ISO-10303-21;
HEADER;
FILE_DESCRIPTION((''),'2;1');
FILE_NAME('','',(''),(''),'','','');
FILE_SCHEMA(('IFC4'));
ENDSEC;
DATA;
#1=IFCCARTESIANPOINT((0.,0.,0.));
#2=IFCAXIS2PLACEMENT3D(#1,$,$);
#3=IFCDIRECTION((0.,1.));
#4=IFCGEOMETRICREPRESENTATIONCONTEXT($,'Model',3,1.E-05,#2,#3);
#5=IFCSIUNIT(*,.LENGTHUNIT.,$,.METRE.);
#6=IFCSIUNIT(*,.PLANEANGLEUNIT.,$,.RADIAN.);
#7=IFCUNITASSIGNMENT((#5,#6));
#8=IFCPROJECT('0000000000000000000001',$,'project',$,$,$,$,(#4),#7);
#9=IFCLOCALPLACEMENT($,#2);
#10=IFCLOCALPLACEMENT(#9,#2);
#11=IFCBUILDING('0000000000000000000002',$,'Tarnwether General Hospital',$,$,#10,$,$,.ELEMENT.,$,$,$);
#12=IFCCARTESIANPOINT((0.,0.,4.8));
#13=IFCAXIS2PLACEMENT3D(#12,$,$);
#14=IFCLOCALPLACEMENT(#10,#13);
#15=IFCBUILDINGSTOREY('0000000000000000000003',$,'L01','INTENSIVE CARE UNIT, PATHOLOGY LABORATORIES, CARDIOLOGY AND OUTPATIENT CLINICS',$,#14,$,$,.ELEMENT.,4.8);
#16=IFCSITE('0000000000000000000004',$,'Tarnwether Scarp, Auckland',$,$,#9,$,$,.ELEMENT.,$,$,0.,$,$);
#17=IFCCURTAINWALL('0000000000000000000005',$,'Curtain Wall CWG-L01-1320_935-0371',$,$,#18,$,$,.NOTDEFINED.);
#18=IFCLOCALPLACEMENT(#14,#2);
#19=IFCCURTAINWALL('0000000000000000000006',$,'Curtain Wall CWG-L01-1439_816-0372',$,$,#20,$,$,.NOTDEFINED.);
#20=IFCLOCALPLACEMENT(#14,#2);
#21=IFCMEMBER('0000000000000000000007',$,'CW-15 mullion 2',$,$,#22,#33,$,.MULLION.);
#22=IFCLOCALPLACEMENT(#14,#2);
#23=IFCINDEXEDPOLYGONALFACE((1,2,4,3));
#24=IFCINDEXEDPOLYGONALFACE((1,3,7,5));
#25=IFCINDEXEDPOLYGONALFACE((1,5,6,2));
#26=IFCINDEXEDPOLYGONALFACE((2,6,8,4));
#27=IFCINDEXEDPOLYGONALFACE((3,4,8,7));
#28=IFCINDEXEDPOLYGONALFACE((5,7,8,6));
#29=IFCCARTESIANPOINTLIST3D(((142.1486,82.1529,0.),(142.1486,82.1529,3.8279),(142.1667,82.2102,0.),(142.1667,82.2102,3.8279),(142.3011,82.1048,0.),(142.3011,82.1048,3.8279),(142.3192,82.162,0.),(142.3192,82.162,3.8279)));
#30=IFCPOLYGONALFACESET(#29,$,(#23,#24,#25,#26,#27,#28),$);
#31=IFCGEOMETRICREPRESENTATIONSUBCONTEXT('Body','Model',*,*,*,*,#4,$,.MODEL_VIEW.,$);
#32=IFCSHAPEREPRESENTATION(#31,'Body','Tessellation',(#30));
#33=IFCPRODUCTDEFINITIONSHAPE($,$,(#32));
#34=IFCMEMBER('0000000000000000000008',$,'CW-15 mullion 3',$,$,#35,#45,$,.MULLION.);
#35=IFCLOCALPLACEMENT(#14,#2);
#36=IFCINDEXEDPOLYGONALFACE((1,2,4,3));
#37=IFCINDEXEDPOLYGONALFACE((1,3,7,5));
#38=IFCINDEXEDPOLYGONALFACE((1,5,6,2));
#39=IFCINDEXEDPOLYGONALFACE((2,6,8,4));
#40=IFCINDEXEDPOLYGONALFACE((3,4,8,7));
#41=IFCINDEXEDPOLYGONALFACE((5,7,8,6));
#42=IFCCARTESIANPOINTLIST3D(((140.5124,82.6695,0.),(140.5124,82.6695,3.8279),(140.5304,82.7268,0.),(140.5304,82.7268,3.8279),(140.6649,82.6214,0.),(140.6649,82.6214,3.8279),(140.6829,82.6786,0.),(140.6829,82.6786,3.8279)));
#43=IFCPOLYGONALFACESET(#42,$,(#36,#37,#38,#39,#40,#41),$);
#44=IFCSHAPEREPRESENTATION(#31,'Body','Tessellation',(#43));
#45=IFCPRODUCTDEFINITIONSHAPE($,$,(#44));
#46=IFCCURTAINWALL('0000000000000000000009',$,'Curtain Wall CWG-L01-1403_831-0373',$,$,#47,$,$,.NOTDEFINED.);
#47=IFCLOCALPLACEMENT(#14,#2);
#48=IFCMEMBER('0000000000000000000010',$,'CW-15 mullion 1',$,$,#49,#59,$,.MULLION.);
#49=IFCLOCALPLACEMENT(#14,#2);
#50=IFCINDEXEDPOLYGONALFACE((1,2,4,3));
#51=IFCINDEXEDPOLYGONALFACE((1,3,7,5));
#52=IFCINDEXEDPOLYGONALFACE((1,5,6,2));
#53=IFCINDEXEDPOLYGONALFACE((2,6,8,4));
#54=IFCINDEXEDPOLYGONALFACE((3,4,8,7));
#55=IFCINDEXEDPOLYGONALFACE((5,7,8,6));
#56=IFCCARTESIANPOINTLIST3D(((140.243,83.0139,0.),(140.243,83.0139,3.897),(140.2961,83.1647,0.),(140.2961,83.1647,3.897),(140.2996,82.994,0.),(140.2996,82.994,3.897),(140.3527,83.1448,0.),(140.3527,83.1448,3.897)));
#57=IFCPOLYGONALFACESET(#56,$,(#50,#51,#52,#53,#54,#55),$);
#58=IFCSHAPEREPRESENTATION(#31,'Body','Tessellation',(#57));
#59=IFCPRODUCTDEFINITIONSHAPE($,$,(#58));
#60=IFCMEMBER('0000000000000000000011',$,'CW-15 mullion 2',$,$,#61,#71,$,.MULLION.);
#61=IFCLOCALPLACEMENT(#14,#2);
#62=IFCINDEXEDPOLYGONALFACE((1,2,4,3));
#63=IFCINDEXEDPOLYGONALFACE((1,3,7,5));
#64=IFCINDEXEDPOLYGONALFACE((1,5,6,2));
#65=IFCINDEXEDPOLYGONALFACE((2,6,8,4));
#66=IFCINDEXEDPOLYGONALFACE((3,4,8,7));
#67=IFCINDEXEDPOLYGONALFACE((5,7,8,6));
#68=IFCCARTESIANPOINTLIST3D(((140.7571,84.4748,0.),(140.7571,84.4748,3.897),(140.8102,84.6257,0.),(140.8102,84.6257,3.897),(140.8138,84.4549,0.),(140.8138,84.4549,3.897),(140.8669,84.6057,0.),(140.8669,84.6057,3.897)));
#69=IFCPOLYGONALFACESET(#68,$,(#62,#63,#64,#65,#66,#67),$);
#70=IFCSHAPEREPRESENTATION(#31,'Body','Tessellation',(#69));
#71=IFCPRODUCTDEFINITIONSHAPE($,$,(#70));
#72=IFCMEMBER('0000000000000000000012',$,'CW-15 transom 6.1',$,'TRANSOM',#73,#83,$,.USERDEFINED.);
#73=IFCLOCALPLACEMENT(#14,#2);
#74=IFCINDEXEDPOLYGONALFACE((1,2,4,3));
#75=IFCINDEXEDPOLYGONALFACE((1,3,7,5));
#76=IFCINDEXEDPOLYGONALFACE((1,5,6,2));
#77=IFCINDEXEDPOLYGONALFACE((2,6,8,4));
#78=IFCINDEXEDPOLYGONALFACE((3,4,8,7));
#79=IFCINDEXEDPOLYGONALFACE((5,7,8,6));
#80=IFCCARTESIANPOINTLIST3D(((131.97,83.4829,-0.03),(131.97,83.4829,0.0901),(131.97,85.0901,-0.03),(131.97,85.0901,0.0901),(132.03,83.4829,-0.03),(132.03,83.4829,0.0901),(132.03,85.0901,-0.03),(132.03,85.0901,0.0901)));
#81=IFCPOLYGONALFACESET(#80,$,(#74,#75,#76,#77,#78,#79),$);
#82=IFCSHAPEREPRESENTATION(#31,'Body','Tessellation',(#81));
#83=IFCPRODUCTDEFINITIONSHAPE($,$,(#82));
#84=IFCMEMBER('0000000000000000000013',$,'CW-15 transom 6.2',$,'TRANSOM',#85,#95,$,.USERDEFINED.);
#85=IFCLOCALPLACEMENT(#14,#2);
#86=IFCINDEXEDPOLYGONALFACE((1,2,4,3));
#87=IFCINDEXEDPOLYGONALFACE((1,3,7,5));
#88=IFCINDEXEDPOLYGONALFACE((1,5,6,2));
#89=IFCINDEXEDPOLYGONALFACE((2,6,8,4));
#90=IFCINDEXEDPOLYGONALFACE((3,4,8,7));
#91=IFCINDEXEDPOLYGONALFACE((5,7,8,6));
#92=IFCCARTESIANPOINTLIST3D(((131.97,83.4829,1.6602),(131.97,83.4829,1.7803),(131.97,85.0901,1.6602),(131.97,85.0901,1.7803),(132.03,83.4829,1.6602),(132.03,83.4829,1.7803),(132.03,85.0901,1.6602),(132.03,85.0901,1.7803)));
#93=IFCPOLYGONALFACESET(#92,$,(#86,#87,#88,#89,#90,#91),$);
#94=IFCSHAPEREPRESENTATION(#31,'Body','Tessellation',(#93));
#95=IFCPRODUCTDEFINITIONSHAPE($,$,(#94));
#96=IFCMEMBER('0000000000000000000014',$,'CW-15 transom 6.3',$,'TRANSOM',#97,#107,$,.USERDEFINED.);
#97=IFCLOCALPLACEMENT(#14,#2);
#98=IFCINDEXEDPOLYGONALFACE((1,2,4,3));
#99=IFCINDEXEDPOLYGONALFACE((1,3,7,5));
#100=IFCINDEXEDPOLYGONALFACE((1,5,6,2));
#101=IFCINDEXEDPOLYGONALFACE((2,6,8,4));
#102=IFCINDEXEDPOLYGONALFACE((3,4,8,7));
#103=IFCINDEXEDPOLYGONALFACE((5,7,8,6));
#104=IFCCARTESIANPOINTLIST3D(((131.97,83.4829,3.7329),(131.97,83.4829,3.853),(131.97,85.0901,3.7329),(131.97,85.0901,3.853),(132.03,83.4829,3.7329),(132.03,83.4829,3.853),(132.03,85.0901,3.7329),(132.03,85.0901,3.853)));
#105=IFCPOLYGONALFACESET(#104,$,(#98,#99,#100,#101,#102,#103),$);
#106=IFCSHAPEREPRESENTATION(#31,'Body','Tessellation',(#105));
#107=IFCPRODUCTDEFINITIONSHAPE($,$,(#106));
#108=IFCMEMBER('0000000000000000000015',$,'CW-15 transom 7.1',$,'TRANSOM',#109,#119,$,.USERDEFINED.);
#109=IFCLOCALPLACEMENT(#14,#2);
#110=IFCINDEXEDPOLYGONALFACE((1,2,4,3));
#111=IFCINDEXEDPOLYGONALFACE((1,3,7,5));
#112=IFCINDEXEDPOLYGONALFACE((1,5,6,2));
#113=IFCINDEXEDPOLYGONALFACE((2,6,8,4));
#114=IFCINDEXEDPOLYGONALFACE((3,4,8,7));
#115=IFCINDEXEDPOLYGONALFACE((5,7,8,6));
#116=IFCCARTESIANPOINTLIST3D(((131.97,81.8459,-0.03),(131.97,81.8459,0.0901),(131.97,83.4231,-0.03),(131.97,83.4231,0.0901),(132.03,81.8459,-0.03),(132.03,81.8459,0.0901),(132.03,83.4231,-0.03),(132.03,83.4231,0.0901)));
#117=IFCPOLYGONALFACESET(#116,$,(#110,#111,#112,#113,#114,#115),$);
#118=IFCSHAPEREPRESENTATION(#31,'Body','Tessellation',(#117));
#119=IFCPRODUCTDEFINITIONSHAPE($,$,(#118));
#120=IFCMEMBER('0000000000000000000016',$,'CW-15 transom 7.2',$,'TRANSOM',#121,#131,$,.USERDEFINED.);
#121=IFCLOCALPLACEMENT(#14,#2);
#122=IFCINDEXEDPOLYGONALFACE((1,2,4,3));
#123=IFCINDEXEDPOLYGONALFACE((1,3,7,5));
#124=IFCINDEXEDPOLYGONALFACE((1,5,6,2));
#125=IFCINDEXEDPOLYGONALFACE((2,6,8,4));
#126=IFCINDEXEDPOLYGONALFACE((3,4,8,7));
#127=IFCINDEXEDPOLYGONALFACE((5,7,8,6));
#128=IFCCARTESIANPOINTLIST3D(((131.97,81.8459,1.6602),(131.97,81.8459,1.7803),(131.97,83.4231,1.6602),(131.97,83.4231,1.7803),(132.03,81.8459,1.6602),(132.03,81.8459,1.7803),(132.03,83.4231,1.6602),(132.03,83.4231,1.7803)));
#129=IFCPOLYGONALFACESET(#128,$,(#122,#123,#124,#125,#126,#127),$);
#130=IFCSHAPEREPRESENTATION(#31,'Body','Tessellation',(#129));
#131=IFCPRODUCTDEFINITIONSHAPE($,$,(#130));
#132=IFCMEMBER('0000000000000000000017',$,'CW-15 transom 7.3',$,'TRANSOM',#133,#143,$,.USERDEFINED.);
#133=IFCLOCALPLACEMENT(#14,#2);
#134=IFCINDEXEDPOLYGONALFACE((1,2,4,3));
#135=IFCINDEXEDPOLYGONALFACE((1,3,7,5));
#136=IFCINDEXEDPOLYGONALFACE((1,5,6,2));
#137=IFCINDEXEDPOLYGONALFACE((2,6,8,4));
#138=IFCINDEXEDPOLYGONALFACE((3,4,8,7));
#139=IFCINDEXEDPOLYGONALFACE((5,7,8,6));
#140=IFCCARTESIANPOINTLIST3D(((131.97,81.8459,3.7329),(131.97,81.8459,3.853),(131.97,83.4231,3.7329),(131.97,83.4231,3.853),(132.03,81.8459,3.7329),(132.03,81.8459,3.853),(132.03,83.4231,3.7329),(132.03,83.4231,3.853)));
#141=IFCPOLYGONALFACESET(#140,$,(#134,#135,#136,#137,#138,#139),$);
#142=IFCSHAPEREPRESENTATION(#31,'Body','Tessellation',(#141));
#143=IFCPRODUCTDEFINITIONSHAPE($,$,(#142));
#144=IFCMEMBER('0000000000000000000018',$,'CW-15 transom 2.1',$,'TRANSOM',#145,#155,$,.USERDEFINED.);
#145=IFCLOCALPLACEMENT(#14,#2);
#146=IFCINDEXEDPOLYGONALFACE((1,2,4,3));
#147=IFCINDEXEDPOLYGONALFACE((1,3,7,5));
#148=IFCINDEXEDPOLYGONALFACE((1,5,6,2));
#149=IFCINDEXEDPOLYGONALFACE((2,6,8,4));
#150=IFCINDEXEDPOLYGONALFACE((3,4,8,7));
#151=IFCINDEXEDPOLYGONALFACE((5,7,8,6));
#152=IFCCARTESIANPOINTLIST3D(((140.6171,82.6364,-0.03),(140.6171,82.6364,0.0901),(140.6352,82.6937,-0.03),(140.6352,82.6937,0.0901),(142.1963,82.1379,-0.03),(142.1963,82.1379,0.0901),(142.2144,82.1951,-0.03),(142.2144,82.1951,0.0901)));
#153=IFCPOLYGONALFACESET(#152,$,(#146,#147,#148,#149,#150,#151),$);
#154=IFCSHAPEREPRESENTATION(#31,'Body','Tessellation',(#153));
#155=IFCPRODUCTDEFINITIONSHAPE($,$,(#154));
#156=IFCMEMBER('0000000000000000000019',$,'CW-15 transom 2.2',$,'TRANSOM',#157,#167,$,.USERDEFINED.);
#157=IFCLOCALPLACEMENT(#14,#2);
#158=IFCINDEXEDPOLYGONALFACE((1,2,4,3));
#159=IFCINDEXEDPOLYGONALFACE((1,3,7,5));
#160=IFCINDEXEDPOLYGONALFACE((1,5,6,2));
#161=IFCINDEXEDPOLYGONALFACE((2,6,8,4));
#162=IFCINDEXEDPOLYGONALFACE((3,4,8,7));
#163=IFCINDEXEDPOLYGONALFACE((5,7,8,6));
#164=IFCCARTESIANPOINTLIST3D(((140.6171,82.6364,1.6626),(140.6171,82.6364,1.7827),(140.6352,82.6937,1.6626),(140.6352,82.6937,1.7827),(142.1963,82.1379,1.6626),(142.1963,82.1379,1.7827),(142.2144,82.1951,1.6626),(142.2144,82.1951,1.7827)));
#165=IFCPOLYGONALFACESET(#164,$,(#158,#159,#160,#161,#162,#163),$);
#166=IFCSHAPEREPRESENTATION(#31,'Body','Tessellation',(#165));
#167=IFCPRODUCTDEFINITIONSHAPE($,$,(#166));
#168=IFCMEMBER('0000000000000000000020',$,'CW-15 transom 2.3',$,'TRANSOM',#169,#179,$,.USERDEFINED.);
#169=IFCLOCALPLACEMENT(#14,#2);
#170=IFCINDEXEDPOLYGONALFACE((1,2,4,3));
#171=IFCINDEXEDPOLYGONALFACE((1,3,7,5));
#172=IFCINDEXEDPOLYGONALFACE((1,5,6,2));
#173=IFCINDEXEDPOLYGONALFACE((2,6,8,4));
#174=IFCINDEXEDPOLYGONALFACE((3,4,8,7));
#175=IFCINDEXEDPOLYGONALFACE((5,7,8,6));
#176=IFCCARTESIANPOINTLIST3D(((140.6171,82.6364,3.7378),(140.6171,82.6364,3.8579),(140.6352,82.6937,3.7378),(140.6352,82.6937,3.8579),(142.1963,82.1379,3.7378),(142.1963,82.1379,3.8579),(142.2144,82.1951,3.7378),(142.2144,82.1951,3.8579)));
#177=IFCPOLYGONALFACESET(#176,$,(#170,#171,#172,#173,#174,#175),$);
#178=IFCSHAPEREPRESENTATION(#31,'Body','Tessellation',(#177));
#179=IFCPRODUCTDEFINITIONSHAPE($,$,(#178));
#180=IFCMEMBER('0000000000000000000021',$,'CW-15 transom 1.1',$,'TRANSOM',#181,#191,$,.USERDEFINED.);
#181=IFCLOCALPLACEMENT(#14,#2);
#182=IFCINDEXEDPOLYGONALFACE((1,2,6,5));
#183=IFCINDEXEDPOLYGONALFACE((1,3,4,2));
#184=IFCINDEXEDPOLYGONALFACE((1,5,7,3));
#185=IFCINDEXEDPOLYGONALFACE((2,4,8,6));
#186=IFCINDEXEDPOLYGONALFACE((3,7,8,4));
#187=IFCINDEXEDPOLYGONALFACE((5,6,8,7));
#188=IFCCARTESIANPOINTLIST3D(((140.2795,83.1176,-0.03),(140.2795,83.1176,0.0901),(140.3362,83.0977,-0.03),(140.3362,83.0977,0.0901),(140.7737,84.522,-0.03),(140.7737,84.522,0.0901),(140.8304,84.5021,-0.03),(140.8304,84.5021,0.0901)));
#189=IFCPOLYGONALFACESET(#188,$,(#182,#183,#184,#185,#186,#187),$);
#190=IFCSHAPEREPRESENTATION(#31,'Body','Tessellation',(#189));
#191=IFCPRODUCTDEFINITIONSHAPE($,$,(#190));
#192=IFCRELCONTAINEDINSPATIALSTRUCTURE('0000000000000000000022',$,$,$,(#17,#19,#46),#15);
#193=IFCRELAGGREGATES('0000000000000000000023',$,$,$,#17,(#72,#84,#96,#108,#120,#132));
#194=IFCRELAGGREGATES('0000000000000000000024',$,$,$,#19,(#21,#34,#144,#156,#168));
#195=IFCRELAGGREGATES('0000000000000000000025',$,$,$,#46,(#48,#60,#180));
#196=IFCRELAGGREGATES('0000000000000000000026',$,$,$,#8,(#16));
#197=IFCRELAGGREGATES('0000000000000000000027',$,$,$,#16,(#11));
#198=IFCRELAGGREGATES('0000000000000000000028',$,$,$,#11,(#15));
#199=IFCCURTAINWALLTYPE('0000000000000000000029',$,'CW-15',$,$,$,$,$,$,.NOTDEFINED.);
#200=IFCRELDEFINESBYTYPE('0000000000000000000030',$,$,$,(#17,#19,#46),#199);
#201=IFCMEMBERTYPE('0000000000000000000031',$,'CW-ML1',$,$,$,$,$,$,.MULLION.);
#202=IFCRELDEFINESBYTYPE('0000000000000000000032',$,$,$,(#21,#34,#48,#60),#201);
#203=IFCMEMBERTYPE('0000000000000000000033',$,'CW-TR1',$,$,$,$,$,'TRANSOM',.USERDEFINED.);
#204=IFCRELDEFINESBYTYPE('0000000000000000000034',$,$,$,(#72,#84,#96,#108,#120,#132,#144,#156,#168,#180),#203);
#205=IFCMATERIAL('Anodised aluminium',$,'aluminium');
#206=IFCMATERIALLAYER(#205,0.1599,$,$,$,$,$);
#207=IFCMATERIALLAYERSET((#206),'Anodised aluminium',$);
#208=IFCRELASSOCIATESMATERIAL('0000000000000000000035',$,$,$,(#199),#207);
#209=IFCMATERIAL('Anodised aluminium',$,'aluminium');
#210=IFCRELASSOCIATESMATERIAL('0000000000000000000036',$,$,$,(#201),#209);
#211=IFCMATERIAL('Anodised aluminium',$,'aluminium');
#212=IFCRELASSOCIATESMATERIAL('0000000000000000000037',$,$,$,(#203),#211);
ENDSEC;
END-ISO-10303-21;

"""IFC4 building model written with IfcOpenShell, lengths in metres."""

from ifc_helpers import new_model, si_unit, direction, frame, origin, origin_2d, place, context, subcontext, project, spatial, rectangle, extrude, material, layer, layer_set, material_profile, profile_set, type_object, element, aggregate, save


model = new_model("IFC4")

# Units and contexts
model_context = context("Model", 3, precision=1e-05, world=origin(), true_north=direction((0.0, 1.0)))
body_context = subcontext(model_context, "Body", "Model", "MODEL_VIEW")
ifc_project = project(units=[si_unit("LENGTHUNIT", "METRE"), si_unit("PLANEANGLEUNIT", "RADIAN")], contexts=[model_context])

# Site, building, storey
site_placement = place(None, origin())
site = spatial("IfcSite", under=ifc_project, at=site_placement, Name="Tarnwether Scarp, Auckland", CompositionType="ELEMENT", RefElevation=0.0)
building_placement = place(site_placement, origin())
building = spatial("IfcBuilding", under=site, at=building_placement, Name="Tarnwether General Hospital", CompositionType="ELEMENT")
storey_placement = place(building_placement, frame((0.0, 0.0, 4.8)))
storey = spatial("IfcBuildingStorey", under=building, at=storey_placement, Name="L01", Description="INTENSIVE CARE UNIT, PATHOLOGY LABORATORIES, CARDIOLOGY AND OUTPATIENT CLINICS", CompositionType="ELEMENT", Elevation=4.8)

# Curtain walls, members
ifc_material_1 = material(Name="Anodised aluminium", Category="aluminium")
ifc_layer_1 = layer(ifc_material_1, 0.1599)
ifc_layer_set_1 = layer_set([ifc_layer_1], Name="Anodised aluminium")
curtain_wall_type = type_object("IfcCurtainWallType", Name="CW-15", PredefinedType="NOTDEFINED", material=ifc_layer_set_1)
curtain_wall_1_placement = place(storey_placement, origin())
curtain_wall_1 = element("IfcCurtainWall", 1, at=curtain_wall_1_placement, inside=storey, type_object=curtain_wall_type, Name="Curtain Wall CWG-L01-1320_935-0371", PredefinedType="NOTDEFINED")
ifc_material_2 = material(Name="Anodised aluminium", Category="aluminium")
ifc_material_profile_1 = material_profile(ifc_material_2, rectangle(XDim=0.0601, YDim=0.1599, at=origin_2d()), Name="ALU-MUL-60x160")
ifc_profile_set_1 = profile_set([ifc_material_profile_1], Name="Anodised aluminium")
member_type_1 = type_object("IfcMemberType", Name="CW-ML1", PredefinedType="MULLION", material=ifc_profile_set_1)
curtain_wall_2_placement = place(storey_placement, origin())
curtain_wall_2 = element("IfcCurtainWall", 2, at=curtain_wall_2_placement, inside=storey, type_object=curtain_wall_type, Name="Curtain Wall CWG-L01-1439_816-0372", PredefinedType="NOTDEFINED")
member_1_placement = place(storey_placement, frame((142.2339, 82.1575, 0.0), z_axis=(0.0, 0.0, 1.0), x_axis=(-0.300981, -0.95363, 0.0)))
member_1 = element("IfcMember", 3, at=member_1_placement, type_object=member_type_1, Name="CW-15 mullion 2", PredefinedType="MULLION", context=body_context, shape_type="SweptSolid", body=[
    extrude(rectangle(XDim=0.0601, YDim=0.1599, at=origin_2d()), origin(), (0.0, 0.0, 1.0), 3.8279),
])
member_2_placement = place(storey_placement, frame((140.5977, 82.6741, 0.0), z_axis=(0.0, 0.0, 1.0), x_axis=(-0.300981, -0.95363, 0.0)))
member_2 = element("IfcMember", 4, at=member_2_placement, type_object=member_type_1, Name="CW-15 mullion 3", PredefinedType="MULLION", context=body_context, shape_type="SweptSolid", body=[
    extrude(rectangle(XDim=0.0601, YDim=0.1599, at=origin_2d()), origin(), (0.0, 0.0, 1.0), 3.8279),
])
curtain_wall_3_placement = place(storey_placement, origin())
curtain_wall_3 = element("IfcCurtainWall", 5, at=curtain_wall_3_placement, inside=storey, type_object=curtain_wall_type, Name="Curtain Wall CWG-L01-1403_831-0373", PredefinedType="NOTDEFINED")
member_3_placement = place(storey_placement, frame((140.2979, 83.0793, 0.0), z_axis=(0.0, 0.0, 1.0), x_axis=(-0.943314, 0.331902, 0.0)))
member_3 = element("IfcMember", 6, at=member_3_placement, type_object=member_type_1, Name="CW-15 mullion 1", PredefinedType="MULLION", context=body_context, shape_type="SweptSolid", body=[
    extrude(rectangle(XDim=0.0601, YDim=0.1599, at=origin_2d()), origin(), (0.0, 0.0, 1.0), 3.897),
])
member_4_placement = place(storey_placement, frame((140.812, 84.5403, 0.0), z_axis=(0.0, 0.0, 1.0), x_axis=(-0.943314, 0.331902, 0.0)))
member_4 = element("IfcMember", 7, at=member_4_placement, type_object=member_type_1, Name="CW-15 mullion 2", PredefinedType="MULLION", context=body_context, shape_type="SweptSolid", body=[
    extrude(rectangle(XDim=0.0601, YDim=0.1599, at=origin_2d()), origin(), (0.0, 0.0, 1.0), 3.897),
])

# Members
ifc_material_3 = material(Name="Anodised aluminium", Category="aluminium")
ifc_material_profile_2 = material_profile(ifc_material_3, rectangle(XDim=0.0601, YDim=0.1201, at=origin_2d()), Name="ALU-TRN-60x120")
ifc_profile_set_2 = profile_set([ifc_material_profile_2], Name="Anodised aluminium")
member_type_2 = type_object("IfcMemberType", Name="CW-TR1", ElementType="TRANSOM", PredefinedType="USERDEFINED", material=ifc_profile_set_2)
member_5_placement = place(storey_placement, frame((132.0, 85.0901, 0.03), z_axis=(0.0, -1.0, 0.0), x_axis=(1.0, 0.0, 0.0)))
member_5 = element("IfcMember", 8, at=member_5_placement, type_object=member_type_2, Name="CW-15 transom 6.1", ObjectType="TRANSOM", PredefinedType="USERDEFINED", context=body_context, shape_type="SweptSolid", body=[
    extrude(rectangle(XDim=0.0601, YDim=0.1201, at=origin_2d()), origin(), (0.0, 0.0, 1.0), 1.6072),
])
member_6_placement = place(storey_placement, frame((132.0, 85.0901, 1.7202), z_axis=(0.0, -1.0, 0.0), x_axis=(1.0, 0.0, 0.0)))
member_6 = element("IfcMember", 9, at=member_6_placement, type_object=member_type_2, Name="CW-15 transom 6.2", ObjectType="TRANSOM", PredefinedType="USERDEFINED", context=body_context, shape_type="SweptSolid", body=[
    extrude(rectangle(XDim=0.0601, YDim=0.1201, at=origin_2d()), origin(), (0.0, 0.0, 1.0), 1.6072),
])
member_7_placement = place(storey_placement, frame((132.0, 85.0901, 3.793), z_axis=(0.0, -1.0, 0.0), x_axis=(1.0, 0.0, 0.0)))
member_7 = element("IfcMember", 10, at=member_7_placement, type_object=member_type_2, Name="CW-15 transom 6.3", ObjectType="TRANSOM", PredefinedType="USERDEFINED", context=body_context, shape_type="SweptSolid", body=[
    extrude(rectangle(XDim=0.0601, YDim=0.1201, at=origin_2d()), origin(), (0.0, 0.0, 1.0), 1.6072),
])
member_8_placement = place(storey_placement, frame((132.0, 83.4231, 0.03), z_axis=(0.0, -1.0, 0.0), x_axis=(1.0, 0.0, 0.0)))
member_8 = element("IfcMember", 11, at=member_8_placement, type_object=member_type_2, Name="CW-15 transom 7.1", ObjectType="TRANSOM", PredefinedType="USERDEFINED", context=body_context, shape_type="SweptSolid", body=[
    extrude(rectangle(XDim=0.0601, YDim=0.1201, at=origin_2d()), origin(), (0.0, 0.0, 1.0), 1.5771),
])
member_9_placement = place(storey_placement, frame((132.0, 83.4231, 1.7202), z_axis=(0.0, -1.0, 0.0), x_axis=(1.0, 0.0, 0.0)))
member_9 = element("IfcMember", 12, at=member_9_placement, type_object=member_type_2, Name="CW-15 transom 7.2", ObjectType="TRANSOM", PredefinedType="USERDEFINED", context=body_context, shape_type="SweptSolid", body=[
    extrude(rectangle(XDim=0.0601, YDim=0.1201, at=origin_2d()), origin(), (0.0, 0.0, 1.0), 1.5771),
])
member_10_placement = place(storey_placement, frame((132.0, 83.4231, 3.793), z_axis=(0.0, -1.0, 0.0), x_axis=(1.0, 0.0, 0.0)))
member_10 = element("IfcMember", 13, at=member_10_placement, type_object=member_type_2, Name="CW-15 transom 7.3", ObjectType="TRANSOM", PredefinedType="USERDEFINED", context=body_context, shape_type="SweptSolid", body=[
    extrude(rectangle(XDim=0.0601, YDim=0.1201, at=origin_2d()), origin(), (0.0, 0.0, 1.0), 1.5771),
])
member_11_placement = place(storey_placement, frame((142.2053, 82.1665, 0.03), z_axis=(-0.953605, 0.301061, 0.0), x_axis=(-0.301061, -0.953605, 0.0)))
member_11 = element("IfcMember", 14, at=member_11_placement, type_object=member_type_2, Name="CW-15 transom 2.1", ObjectType="TRANSOM", PredefinedType="USERDEFINED", context=body_context, shape_type="SweptSolid", body=[
    extrude(rectangle(XDim=0.0601, YDim=0.1201, at=origin_2d()), origin(), (0.0, 0.0, 1.0), 1.656),
])
member_12_placement = place(storey_placement, frame((142.2053, 82.1665, 1.7227), z_axis=(-0.953605, 0.301061, 0.0), x_axis=(-0.301061, -0.953605, 0.0)))
member_12 = element("IfcMember", 15, at=member_12_placement, type_object=member_type_2, Name="CW-15 transom 2.2", ObjectType="TRANSOM", PredefinedType="USERDEFINED", context=body_context, shape_type="SweptSolid", body=[
    extrude(rectangle(XDim=0.0601, YDim=0.1201, at=origin_2d()), origin(), (0.0, 0.0, 1.0), 1.656),
])
member_13_placement = place(storey_placement, frame((142.2053, 82.1665, 3.7979), z_axis=(-0.953605, 0.301061, 0.0), x_axis=(-0.301061, -0.953605, 0.0)))
member_13 = element("IfcMember", 16, at=member_13_placement, type_object=member_type_2, Name="CW-15 transom 2.3", ObjectType="TRANSOM", PredefinedType="USERDEFINED", context=body_context, shape_type="SweptSolid", body=[
    extrude(rectangle(XDim=0.0601, YDim=0.1201, at=origin_2d()), origin(), (0.0, 0.0, 1.0), 1.656),
])
member_14_placement = place(storey_placement, frame((140.3079, 83.1077, 0.03), z_axis=(0.331928, 0.943305, 0.0), x_axis=(-0.943305, 0.331928, 0.0)))
member_14 = element("IfcMember", 17, at=member_14_placement, type_object=member_type_2, Name="CW-15 transom 1.1", ObjectType="TRANSOM", PredefinedType="USERDEFINED", context=body_context, shape_type="SweptSolid", body=[
    extrude(rectangle(XDim=0.0601, YDim=0.1201, at=origin_2d()), origin(), (0.0, 0.0, 1.0), 1.4888),
])

aggregate(curtain_wall_1, [member_5, member_6, member_7, member_8, member_9, member_10])
aggregate(curtain_wall_2, [member_1, member_2, member_11, member_12, member_13])
aggregate(curtain_wall_3, [member_3, member_4, member_14])

save(model, "model.ifc")
